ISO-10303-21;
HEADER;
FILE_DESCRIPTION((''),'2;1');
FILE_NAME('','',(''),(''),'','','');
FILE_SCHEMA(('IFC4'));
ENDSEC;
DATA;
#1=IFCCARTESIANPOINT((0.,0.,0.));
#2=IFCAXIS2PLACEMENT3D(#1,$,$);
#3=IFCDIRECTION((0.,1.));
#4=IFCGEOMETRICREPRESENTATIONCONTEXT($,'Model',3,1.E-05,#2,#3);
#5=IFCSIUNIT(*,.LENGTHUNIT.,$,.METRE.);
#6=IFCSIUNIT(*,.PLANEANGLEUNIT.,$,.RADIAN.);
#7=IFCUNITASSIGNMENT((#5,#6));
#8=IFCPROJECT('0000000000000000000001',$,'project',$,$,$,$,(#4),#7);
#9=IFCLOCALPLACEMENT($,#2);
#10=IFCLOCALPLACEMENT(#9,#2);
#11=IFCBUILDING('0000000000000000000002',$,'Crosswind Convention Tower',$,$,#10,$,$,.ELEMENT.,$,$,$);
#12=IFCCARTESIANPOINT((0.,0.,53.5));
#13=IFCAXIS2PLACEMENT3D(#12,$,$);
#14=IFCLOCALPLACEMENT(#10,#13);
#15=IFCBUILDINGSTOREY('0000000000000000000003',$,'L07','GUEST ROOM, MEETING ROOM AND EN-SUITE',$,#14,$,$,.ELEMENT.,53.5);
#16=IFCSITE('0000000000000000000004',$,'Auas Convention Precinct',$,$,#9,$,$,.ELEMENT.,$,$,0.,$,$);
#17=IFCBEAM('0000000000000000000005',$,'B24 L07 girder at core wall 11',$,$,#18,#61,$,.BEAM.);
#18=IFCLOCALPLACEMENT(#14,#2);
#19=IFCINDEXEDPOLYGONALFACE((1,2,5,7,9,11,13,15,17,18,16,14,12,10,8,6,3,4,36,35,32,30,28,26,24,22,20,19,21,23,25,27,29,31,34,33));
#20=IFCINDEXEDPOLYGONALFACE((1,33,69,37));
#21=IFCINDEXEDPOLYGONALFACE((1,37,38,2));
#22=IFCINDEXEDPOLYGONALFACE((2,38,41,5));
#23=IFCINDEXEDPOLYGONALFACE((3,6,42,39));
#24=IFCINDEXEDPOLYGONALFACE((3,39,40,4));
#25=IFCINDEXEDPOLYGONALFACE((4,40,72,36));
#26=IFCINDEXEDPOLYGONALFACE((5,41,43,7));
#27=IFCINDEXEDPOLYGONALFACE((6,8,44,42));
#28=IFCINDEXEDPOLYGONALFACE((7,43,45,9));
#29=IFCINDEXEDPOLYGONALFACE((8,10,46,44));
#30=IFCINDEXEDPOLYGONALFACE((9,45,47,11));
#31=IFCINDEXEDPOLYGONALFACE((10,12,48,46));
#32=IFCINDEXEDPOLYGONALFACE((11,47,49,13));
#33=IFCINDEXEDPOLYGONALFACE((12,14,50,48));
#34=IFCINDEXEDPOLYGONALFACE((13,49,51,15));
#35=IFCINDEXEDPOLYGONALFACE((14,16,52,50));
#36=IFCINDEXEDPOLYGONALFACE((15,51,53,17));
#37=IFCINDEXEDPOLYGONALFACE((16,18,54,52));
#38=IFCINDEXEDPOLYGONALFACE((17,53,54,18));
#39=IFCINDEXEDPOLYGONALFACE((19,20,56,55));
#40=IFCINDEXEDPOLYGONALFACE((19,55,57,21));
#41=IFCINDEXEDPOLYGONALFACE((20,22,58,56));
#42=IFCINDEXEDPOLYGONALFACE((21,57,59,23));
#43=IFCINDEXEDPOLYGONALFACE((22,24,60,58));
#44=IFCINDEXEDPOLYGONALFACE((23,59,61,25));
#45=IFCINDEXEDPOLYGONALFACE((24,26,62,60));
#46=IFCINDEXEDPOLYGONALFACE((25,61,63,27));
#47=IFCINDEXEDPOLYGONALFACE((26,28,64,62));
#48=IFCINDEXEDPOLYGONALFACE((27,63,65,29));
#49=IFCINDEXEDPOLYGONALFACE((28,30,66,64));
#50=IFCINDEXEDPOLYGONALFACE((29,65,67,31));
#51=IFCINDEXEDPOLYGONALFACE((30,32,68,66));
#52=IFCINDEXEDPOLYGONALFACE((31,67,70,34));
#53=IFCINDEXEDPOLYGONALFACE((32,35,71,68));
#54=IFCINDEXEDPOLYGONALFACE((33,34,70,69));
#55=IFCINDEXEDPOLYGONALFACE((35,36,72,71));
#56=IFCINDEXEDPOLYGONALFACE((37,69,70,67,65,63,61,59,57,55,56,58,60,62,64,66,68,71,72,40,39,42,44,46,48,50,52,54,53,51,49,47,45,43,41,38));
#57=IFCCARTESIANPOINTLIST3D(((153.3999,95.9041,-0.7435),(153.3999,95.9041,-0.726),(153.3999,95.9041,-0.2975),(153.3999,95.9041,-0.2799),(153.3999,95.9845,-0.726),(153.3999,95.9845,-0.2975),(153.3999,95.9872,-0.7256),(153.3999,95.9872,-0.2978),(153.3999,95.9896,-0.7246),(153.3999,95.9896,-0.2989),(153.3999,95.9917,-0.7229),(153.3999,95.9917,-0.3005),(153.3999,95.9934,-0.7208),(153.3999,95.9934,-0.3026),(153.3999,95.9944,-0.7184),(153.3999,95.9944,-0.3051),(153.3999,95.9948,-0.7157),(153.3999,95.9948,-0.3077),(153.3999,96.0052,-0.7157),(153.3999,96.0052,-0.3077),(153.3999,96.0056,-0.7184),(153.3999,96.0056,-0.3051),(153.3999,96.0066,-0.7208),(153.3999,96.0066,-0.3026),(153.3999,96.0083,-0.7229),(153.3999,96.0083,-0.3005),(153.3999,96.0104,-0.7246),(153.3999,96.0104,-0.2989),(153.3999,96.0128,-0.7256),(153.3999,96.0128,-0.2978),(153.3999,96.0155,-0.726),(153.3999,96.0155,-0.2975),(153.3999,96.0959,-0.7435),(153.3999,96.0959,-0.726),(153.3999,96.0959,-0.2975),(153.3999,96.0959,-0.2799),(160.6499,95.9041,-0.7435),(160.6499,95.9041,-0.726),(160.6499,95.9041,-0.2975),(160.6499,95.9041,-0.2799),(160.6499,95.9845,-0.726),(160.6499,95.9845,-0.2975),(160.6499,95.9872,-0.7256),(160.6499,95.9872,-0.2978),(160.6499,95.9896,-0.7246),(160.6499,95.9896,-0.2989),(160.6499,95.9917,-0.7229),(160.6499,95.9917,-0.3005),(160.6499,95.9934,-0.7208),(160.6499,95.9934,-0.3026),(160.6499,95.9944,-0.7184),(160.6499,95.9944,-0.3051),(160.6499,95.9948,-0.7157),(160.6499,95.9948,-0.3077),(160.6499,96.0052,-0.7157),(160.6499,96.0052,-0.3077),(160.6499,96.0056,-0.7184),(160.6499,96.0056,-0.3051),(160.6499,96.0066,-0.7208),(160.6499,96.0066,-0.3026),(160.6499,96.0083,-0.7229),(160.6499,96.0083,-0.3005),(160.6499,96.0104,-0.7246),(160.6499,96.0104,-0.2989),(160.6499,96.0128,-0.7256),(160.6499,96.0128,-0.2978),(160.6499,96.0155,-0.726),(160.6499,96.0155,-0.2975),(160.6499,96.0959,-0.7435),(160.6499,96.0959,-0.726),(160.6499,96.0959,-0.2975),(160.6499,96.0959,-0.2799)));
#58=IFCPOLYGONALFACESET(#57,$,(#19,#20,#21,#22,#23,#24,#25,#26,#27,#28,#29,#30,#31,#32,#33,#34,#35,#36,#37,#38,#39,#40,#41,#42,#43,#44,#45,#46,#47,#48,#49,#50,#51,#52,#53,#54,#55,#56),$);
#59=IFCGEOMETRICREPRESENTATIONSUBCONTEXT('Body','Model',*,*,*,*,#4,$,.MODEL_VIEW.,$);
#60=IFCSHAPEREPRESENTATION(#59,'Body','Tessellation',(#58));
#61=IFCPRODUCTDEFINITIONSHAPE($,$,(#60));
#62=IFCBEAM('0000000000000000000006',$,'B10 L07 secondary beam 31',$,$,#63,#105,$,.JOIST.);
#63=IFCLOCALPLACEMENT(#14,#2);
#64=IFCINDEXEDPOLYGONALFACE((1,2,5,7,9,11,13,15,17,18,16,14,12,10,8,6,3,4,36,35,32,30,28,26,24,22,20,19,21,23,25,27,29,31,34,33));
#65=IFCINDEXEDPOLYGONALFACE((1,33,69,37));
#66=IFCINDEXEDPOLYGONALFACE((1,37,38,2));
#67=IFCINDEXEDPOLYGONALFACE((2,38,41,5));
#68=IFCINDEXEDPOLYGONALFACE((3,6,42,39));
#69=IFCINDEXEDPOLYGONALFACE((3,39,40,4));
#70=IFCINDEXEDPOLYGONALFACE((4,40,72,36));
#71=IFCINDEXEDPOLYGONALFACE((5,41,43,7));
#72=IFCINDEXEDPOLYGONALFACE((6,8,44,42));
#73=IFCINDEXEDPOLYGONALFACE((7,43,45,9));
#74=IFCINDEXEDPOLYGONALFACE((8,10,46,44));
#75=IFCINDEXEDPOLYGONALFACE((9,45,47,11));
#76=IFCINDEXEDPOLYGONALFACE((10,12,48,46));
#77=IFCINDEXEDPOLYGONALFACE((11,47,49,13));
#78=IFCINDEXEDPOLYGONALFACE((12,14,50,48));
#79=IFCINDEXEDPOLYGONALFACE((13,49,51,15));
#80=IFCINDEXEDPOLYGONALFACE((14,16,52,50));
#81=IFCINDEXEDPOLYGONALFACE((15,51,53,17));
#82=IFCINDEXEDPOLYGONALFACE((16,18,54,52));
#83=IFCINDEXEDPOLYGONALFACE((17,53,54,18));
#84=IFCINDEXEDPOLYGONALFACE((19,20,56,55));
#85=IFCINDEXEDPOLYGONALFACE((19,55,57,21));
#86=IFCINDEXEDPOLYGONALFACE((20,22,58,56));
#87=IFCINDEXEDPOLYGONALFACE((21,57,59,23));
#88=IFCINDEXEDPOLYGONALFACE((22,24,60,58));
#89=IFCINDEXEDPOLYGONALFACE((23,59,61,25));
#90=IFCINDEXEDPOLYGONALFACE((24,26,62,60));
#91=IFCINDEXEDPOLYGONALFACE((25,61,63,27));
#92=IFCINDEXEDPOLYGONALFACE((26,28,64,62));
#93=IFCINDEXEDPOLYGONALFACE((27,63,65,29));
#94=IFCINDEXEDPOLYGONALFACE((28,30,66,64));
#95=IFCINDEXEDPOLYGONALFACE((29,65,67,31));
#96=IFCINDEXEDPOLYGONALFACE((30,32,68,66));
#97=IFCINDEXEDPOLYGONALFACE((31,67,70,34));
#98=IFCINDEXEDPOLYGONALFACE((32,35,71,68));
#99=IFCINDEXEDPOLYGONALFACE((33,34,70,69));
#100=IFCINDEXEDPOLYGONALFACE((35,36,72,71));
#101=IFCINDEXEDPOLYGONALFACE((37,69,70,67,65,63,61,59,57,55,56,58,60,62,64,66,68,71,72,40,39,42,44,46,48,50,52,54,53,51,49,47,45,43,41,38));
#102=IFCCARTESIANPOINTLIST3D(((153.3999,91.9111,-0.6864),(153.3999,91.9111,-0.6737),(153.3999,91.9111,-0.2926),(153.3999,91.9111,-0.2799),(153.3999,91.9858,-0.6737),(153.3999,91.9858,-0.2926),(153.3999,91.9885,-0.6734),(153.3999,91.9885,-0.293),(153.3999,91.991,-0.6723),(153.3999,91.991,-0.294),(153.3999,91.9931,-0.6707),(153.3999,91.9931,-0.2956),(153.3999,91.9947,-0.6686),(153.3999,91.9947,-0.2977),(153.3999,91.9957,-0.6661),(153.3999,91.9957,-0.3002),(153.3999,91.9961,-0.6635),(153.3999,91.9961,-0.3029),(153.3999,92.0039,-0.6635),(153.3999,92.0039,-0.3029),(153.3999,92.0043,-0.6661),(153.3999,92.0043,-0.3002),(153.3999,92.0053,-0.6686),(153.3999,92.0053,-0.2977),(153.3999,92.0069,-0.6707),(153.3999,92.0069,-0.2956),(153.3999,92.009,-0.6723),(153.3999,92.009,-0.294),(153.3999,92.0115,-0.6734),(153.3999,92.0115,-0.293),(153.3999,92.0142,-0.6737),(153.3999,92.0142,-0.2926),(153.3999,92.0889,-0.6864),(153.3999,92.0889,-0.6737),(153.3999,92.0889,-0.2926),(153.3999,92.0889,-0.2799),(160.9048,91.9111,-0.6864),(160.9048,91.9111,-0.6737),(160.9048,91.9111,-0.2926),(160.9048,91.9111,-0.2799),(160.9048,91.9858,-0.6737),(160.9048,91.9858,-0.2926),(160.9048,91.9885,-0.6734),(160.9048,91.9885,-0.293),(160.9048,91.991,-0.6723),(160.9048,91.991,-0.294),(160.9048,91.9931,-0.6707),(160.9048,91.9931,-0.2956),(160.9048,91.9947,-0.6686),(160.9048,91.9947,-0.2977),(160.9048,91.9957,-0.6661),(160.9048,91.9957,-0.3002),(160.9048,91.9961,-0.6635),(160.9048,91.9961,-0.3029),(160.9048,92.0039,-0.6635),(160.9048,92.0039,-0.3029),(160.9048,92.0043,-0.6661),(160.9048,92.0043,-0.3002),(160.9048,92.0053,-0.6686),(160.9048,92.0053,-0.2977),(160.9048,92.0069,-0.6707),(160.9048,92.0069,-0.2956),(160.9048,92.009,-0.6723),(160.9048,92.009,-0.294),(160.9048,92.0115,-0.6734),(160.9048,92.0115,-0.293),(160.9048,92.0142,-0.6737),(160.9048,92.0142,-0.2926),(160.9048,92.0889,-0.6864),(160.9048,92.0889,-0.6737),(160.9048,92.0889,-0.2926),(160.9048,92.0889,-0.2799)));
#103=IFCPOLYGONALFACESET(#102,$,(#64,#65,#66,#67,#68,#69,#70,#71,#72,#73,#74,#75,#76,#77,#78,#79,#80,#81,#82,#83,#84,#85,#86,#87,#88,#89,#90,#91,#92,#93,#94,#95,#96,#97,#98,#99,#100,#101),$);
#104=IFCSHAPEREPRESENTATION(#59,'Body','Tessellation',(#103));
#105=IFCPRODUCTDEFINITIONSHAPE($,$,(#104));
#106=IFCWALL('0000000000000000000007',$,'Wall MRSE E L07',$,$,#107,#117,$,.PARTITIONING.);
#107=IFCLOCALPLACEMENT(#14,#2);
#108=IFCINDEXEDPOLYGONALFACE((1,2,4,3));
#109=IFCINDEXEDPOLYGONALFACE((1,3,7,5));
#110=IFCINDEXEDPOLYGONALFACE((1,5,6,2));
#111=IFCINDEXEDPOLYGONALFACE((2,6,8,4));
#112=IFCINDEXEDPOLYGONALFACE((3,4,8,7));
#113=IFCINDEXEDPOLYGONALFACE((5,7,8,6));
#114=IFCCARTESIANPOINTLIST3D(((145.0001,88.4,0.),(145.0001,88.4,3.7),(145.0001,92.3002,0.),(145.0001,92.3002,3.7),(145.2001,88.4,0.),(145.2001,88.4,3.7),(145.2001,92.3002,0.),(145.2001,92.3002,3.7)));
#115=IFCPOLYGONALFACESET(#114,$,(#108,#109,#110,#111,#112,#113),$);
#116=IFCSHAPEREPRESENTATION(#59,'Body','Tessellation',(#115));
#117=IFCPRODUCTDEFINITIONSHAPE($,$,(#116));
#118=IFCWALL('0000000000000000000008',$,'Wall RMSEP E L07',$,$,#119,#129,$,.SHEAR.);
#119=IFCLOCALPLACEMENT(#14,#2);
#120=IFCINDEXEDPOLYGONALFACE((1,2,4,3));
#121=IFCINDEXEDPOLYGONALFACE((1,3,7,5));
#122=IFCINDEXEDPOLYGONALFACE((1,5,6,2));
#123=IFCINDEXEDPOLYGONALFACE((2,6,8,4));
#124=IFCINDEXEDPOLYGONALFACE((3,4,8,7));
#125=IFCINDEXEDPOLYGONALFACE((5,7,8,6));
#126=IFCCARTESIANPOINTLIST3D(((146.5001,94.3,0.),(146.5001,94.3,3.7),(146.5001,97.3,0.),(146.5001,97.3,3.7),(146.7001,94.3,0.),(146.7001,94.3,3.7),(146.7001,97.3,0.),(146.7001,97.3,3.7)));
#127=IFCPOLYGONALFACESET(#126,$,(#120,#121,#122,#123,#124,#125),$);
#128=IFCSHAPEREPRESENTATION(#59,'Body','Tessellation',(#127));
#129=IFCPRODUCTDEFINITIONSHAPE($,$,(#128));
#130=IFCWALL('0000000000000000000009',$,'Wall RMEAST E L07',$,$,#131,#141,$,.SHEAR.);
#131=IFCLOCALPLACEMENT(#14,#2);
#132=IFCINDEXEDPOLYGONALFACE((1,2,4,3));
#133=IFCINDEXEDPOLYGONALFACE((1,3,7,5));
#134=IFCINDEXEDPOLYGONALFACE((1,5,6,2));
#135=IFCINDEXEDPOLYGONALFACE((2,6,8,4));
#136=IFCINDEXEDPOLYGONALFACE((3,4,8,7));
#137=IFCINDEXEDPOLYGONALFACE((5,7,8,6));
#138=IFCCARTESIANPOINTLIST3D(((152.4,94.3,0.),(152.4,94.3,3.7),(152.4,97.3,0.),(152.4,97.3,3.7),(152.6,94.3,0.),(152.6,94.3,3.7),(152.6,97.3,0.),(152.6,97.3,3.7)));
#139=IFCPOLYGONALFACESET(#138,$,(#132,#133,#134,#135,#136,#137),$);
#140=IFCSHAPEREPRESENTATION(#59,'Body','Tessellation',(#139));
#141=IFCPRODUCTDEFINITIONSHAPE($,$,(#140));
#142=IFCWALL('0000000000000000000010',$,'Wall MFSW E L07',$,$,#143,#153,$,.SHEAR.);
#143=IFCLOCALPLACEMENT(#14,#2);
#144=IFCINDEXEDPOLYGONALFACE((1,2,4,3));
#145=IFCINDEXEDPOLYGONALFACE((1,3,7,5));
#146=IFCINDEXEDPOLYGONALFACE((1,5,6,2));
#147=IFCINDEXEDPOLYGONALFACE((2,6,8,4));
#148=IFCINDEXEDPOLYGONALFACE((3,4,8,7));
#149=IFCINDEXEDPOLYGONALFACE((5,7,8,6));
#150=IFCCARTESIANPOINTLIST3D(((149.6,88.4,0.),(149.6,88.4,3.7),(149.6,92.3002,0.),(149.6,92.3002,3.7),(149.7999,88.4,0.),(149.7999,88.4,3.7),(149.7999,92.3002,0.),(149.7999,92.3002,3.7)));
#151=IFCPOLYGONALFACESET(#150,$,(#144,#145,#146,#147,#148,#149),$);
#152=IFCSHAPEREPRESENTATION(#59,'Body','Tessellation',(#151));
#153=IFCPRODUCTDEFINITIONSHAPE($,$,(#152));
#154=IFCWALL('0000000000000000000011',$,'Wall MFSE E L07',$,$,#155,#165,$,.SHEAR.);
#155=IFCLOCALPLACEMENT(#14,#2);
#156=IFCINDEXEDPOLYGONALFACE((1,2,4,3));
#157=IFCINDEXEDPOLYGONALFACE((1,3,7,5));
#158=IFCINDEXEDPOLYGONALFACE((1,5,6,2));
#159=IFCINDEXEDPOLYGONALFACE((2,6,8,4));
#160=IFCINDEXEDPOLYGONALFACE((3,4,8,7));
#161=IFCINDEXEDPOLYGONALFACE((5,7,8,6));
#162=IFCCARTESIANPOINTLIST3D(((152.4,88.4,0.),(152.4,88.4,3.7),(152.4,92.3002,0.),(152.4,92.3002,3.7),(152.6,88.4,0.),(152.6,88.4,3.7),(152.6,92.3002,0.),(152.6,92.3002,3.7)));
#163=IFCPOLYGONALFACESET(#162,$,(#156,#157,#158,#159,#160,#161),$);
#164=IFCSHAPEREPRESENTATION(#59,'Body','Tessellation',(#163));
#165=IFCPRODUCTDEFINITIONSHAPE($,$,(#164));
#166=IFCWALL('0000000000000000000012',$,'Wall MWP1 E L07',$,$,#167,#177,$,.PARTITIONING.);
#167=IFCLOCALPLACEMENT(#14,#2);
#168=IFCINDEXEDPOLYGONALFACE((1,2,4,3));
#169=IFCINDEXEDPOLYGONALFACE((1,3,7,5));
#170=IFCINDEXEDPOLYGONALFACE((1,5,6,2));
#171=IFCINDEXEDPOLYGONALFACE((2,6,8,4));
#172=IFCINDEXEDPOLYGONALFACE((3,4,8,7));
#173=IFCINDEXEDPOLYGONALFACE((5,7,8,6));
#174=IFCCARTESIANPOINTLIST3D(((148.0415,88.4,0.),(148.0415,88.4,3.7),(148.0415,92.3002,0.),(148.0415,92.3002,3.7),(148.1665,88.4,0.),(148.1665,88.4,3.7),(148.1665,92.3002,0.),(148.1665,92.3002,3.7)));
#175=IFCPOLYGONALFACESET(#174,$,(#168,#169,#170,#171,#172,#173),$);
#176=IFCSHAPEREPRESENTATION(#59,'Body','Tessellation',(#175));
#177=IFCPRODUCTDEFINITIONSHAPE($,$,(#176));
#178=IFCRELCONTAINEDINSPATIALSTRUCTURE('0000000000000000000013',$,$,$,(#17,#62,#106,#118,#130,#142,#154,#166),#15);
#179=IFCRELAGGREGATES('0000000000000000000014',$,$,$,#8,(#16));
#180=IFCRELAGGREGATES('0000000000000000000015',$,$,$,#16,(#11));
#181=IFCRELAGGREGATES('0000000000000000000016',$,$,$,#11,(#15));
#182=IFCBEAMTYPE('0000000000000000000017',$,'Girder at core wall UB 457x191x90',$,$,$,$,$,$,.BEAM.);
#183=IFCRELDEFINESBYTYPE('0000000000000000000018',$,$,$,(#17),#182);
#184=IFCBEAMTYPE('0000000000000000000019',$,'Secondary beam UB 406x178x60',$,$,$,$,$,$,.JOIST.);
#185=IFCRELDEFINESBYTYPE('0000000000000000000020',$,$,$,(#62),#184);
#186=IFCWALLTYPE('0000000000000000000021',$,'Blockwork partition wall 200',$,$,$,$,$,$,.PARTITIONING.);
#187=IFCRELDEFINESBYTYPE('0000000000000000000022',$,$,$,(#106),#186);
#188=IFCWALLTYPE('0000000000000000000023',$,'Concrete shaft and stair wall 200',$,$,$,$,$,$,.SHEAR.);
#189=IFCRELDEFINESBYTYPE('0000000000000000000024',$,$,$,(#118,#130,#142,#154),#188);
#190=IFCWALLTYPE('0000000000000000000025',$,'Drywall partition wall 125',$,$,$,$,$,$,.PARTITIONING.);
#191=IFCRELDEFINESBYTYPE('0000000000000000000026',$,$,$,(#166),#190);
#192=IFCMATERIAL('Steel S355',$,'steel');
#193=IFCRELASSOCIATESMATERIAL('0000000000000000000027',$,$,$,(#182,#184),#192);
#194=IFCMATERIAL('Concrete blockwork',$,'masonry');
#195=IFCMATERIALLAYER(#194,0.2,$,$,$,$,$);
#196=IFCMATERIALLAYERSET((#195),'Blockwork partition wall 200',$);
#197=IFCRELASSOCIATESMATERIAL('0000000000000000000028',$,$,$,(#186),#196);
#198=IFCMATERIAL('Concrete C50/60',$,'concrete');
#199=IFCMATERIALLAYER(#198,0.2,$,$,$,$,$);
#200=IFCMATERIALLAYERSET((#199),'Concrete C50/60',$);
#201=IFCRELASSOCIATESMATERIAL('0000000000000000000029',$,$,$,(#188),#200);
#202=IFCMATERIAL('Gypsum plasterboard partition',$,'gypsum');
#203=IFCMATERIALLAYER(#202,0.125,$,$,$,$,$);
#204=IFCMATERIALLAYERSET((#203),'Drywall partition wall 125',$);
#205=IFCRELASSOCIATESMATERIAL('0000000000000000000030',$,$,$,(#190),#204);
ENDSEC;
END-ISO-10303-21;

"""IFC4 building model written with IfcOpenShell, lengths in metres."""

from ifc_helpers import new_model, si_unit, direction, frame, frame_2d, origin, origin_2d, place, context, subcontext, project, spatial, rectangle, i_section, extrude, material, layer, layer_set, material_profile, profile_set, type_object, element, save


model = new_model("IFC4")

# Units and contexts
model_context = context("Model", 3, precision=1e-05, world=origin(), true_north=direction((0.0, 1.0)))
body_context = subcontext(model_context, "Body", "Model", "MODEL_VIEW")
ifc_project = project(units=[si_unit("LENGTHUNIT", "METRE"), si_unit("PLANEANGLEUNIT", "RADIAN")], contexts=[model_context])

# Site, building, storey
site_placement = place(None, origin())
site = spatial("IfcSite", under=ifc_project, at=site_placement, Name="Auas Convention Precinct", CompositionType="ELEMENT", RefElevation=0.0)
building_placement = place(site_placement, origin())
building = spatial("IfcBuilding", under=site, at=building_placement, Name="Crosswind Convention Tower", CompositionType="ELEMENT")
storey_placement = place(building_placement, frame((0.0, 0.0, 53.5)))
storey = spatial("IfcBuildingStorey", under=building, at=storey_placement, Name="L07", Description="GUEST ROOM, MEETING ROOM AND EN-SUITE", CompositionType="ELEMENT", Elevation=53.5)

# Beams
ifc_material_1 = material(Name="Steel S355", Category="steel")
ifc_material_profile_1 = material_profile(ifc_material_1, i_section(OverallWidth=0.1919, OverallDepth=0.4636, WebThickness=0.0105, FlangeThickness=0.0176, FilletRadius=0.0103, at=origin_2d()), Name="UB 457x191x90")
ifc_profile_set_1 = profile_set([ifc_material_profile_1], Name="Steel S355")
beam_type_1 = type_object("IfcBeamType", Name="Girder at core wall UB 457x191x90", PredefinedType="BEAM", material=ifc_profile_set_1)
beam_1_placement = place(storey_placement, frame((153.3999, 96.0, -0.5117), z_axis=(1.0, 0.0, 0.0), x_axis=(0.0, 1.0, 0.0)))
element("IfcBeam", 1, at=beam_1_placement, inside=storey, type_object=beam_type_1, Name="B24 L07 girder at core wall 11", PredefinedType="BEAM", context=body_context, shape_type="SweptSolid", body=[
    extrude(i_section(OverallWidth=0.1919, OverallDepth=0.4636, WebThickness=0.0105, FlangeThickness=0.0176, FilletRadius=0.0103, at=origin_2d()), origin(), (0.0, 0.0, 1.0), 7.25),
])
ifc_material_profile_2 = material_profile(ifc_material_1, i_section(OverallWidth=0.1777, OverallDepth=0.4065, WebThickness=0.0078, FlangeThickness=0.0127, FilletRadius=0.0103, at=origin_2d()), Name="UB 406x178x60")
ifc_profile_set_2 = profile_set([ifc_material_profile_2], Name="Steel S355")
beam_type_2 = type_object("IfcBeamType", Name="Secondary beam UB 406x178x60", PredefinedType="JOIST", material=ifc_profile_set_2)
beam_2_placement = place(storey_placement, frame((153.3999, 92.0, -0.4832), z_axis=(1.0, 0.0, 0.0), x_axis=(0.0, 1.0, 0.0)))
element("IfcBeam", 2, at=beam_2_placement, inside=storey, type_object=beam_type_2, Name="B10 L07 secondary beam 31", PredefinedType="JOIST", context=body_context, shape_type="SweptSolid", body=[
    extrude(i_section(OverallWidth=0.1777, OverallDepth=0.4065, WebThickness=0.0078, FlangeThickness=0.0127, FilletRadius=0.0103, at=origin_2d()), origin(), (0.0, 0.0, 1.0), 7.5049),
])

# Wall
ifc_material_2 = material(Name="Concrete blockwork", Category="masonry")
ifc_layer_1 = layer(ifc_material_2, 0.2)
ifc_layer_set_1 = layer_set([ifc_layer_1], Name="Blockwork partition wall 200")
wall_type_1 = type_object("IfcWallType", Name="Blockwork partition wall 200", PredefinedType="PARTITIONING", material=ifc_layer_set_1)
wall_1_placement = place(storey_placement, frame((145.1001, 88.3999, 0.0), z_axis=(0.0, 0.0, 1.0), x_axis=(0.0, 1.0, 0.0)))
element("IfcWall", 3, at=wall_1_placement, inside=storey, type_object=wall_type_1, Name="Wall MRSE E L07", PredefinedType="PARTITIONING", context=body_context, shape_type="SweptSolid", body=[
    extrude(rectangle(XDim=3.9001, YDim=0.2, at=frame_2d((1.9502, 0.0))), origin(), (0.0, 0.0, 1.0), 3.7),
])

# Walls
ifc_material_3 = material(Name="Concrete C50/60", Category="concrete")
ifc_layer_2 = layer(ifc_material_3, 0.2)
ifc_layer_set_2 = layer_set([ifc_layer_2], Name="Concrete C50/60")
wall_type_2 = type_object("IfcWallType", Name="Concrete shaft and stair wall 200", PredefinedType="SHEAR", material=ifc_layer_set_2)
for number, where, z_axis, x_axis, name in (
    (4, (146.6001, 94.3, 0.0), (0.0, 0.0, 1.0), (0.0, 1.0, 0.0), "Wall RMSEP E L07"),
    (5, (152.5, 94.3, 0.0), (0.0, 0.0, 1.0), (0.0, 1.0, 0.0), "Wall RMEAST E L07"),
):
    element("IfcWall", number, at=place(storey_placement, frame(where, z_axis=z_axis, x_axis=x_axis)), inside=storey, type_object=wall_type_2, Name=name, PredefinedType="SHEAR", context=body_context, shape_type="SweptSolid", body=[
        extrude(rectangle(XDim=3.0, YDim=0.2, at=frame_2d((1.5, 0.0))), origin(), (0.0, 0.0, 1.0), 3.7),
    ])
for number, where, z_axis, x_axis, name in (
    (6, (149.7, 88.3999, 0.0), (0.0, 0.0, 1.0), (0.0, 1.0, 0.0), "Wall MFSW E L07"),
    (7, (152.5, 88.3999, 0.0), (0.0, 0.0, 1.0), (0.0, 1.0, 0.0), "Wall MFSE E L07"),
):
    element("IfcWall", number, at=place(storey_placement, frame(where, z_axis=z_axis, x_axis=x_axis)), inside=storey, type_object=wall_type_2, Name=name, PredefinedType="SHEAR", context=body_context, shape_type="SweptSolid", body=[
        extrude(rectangle(XDim=3.9001, YDim=0.2, at=frame_2d((1.9502, 0.0))), origin(), (0.0, 0.0, 1.0), 3.7),
    ])
ifc_material_4 = material(Name="Gypsum plasterboard partition", Category="gypsum")
ifc_layer_3 = layer(ifc_material_4, 0.125)
ifc_layer_set_3 = layer_set([ifc_layer_3], Name="Drywall partition wall 125")
wall_type_3 = type_object("IfcWallType", Name="Drywall partition wall 125", PredefinedType="PARTITIONING", material=ifc_layer_set_3)
wall_2_placement = place(storey_placement, frame((148.104, 88.3999, 0.0), z_axis=(0.0, 0.0, 1.0), x_axis=(0.0, 1.0, 0.0)))
element("IfcWall", 8, at=wall_2_placement, inside=storey, type_object=wall_type_3, Name="Wall MWP1 E L07", PredefinedType="PARTITIONING", context=body_context, shape_type="SweptSolid", body=[
    extrude(rectangle(XDim=3.9001, YDim=0.125, at=frame_2d((1.9502, 0.0))), origin(), (0.0, 0.0, 1.0), 3.7),
])

save(model, "model.ifc")
